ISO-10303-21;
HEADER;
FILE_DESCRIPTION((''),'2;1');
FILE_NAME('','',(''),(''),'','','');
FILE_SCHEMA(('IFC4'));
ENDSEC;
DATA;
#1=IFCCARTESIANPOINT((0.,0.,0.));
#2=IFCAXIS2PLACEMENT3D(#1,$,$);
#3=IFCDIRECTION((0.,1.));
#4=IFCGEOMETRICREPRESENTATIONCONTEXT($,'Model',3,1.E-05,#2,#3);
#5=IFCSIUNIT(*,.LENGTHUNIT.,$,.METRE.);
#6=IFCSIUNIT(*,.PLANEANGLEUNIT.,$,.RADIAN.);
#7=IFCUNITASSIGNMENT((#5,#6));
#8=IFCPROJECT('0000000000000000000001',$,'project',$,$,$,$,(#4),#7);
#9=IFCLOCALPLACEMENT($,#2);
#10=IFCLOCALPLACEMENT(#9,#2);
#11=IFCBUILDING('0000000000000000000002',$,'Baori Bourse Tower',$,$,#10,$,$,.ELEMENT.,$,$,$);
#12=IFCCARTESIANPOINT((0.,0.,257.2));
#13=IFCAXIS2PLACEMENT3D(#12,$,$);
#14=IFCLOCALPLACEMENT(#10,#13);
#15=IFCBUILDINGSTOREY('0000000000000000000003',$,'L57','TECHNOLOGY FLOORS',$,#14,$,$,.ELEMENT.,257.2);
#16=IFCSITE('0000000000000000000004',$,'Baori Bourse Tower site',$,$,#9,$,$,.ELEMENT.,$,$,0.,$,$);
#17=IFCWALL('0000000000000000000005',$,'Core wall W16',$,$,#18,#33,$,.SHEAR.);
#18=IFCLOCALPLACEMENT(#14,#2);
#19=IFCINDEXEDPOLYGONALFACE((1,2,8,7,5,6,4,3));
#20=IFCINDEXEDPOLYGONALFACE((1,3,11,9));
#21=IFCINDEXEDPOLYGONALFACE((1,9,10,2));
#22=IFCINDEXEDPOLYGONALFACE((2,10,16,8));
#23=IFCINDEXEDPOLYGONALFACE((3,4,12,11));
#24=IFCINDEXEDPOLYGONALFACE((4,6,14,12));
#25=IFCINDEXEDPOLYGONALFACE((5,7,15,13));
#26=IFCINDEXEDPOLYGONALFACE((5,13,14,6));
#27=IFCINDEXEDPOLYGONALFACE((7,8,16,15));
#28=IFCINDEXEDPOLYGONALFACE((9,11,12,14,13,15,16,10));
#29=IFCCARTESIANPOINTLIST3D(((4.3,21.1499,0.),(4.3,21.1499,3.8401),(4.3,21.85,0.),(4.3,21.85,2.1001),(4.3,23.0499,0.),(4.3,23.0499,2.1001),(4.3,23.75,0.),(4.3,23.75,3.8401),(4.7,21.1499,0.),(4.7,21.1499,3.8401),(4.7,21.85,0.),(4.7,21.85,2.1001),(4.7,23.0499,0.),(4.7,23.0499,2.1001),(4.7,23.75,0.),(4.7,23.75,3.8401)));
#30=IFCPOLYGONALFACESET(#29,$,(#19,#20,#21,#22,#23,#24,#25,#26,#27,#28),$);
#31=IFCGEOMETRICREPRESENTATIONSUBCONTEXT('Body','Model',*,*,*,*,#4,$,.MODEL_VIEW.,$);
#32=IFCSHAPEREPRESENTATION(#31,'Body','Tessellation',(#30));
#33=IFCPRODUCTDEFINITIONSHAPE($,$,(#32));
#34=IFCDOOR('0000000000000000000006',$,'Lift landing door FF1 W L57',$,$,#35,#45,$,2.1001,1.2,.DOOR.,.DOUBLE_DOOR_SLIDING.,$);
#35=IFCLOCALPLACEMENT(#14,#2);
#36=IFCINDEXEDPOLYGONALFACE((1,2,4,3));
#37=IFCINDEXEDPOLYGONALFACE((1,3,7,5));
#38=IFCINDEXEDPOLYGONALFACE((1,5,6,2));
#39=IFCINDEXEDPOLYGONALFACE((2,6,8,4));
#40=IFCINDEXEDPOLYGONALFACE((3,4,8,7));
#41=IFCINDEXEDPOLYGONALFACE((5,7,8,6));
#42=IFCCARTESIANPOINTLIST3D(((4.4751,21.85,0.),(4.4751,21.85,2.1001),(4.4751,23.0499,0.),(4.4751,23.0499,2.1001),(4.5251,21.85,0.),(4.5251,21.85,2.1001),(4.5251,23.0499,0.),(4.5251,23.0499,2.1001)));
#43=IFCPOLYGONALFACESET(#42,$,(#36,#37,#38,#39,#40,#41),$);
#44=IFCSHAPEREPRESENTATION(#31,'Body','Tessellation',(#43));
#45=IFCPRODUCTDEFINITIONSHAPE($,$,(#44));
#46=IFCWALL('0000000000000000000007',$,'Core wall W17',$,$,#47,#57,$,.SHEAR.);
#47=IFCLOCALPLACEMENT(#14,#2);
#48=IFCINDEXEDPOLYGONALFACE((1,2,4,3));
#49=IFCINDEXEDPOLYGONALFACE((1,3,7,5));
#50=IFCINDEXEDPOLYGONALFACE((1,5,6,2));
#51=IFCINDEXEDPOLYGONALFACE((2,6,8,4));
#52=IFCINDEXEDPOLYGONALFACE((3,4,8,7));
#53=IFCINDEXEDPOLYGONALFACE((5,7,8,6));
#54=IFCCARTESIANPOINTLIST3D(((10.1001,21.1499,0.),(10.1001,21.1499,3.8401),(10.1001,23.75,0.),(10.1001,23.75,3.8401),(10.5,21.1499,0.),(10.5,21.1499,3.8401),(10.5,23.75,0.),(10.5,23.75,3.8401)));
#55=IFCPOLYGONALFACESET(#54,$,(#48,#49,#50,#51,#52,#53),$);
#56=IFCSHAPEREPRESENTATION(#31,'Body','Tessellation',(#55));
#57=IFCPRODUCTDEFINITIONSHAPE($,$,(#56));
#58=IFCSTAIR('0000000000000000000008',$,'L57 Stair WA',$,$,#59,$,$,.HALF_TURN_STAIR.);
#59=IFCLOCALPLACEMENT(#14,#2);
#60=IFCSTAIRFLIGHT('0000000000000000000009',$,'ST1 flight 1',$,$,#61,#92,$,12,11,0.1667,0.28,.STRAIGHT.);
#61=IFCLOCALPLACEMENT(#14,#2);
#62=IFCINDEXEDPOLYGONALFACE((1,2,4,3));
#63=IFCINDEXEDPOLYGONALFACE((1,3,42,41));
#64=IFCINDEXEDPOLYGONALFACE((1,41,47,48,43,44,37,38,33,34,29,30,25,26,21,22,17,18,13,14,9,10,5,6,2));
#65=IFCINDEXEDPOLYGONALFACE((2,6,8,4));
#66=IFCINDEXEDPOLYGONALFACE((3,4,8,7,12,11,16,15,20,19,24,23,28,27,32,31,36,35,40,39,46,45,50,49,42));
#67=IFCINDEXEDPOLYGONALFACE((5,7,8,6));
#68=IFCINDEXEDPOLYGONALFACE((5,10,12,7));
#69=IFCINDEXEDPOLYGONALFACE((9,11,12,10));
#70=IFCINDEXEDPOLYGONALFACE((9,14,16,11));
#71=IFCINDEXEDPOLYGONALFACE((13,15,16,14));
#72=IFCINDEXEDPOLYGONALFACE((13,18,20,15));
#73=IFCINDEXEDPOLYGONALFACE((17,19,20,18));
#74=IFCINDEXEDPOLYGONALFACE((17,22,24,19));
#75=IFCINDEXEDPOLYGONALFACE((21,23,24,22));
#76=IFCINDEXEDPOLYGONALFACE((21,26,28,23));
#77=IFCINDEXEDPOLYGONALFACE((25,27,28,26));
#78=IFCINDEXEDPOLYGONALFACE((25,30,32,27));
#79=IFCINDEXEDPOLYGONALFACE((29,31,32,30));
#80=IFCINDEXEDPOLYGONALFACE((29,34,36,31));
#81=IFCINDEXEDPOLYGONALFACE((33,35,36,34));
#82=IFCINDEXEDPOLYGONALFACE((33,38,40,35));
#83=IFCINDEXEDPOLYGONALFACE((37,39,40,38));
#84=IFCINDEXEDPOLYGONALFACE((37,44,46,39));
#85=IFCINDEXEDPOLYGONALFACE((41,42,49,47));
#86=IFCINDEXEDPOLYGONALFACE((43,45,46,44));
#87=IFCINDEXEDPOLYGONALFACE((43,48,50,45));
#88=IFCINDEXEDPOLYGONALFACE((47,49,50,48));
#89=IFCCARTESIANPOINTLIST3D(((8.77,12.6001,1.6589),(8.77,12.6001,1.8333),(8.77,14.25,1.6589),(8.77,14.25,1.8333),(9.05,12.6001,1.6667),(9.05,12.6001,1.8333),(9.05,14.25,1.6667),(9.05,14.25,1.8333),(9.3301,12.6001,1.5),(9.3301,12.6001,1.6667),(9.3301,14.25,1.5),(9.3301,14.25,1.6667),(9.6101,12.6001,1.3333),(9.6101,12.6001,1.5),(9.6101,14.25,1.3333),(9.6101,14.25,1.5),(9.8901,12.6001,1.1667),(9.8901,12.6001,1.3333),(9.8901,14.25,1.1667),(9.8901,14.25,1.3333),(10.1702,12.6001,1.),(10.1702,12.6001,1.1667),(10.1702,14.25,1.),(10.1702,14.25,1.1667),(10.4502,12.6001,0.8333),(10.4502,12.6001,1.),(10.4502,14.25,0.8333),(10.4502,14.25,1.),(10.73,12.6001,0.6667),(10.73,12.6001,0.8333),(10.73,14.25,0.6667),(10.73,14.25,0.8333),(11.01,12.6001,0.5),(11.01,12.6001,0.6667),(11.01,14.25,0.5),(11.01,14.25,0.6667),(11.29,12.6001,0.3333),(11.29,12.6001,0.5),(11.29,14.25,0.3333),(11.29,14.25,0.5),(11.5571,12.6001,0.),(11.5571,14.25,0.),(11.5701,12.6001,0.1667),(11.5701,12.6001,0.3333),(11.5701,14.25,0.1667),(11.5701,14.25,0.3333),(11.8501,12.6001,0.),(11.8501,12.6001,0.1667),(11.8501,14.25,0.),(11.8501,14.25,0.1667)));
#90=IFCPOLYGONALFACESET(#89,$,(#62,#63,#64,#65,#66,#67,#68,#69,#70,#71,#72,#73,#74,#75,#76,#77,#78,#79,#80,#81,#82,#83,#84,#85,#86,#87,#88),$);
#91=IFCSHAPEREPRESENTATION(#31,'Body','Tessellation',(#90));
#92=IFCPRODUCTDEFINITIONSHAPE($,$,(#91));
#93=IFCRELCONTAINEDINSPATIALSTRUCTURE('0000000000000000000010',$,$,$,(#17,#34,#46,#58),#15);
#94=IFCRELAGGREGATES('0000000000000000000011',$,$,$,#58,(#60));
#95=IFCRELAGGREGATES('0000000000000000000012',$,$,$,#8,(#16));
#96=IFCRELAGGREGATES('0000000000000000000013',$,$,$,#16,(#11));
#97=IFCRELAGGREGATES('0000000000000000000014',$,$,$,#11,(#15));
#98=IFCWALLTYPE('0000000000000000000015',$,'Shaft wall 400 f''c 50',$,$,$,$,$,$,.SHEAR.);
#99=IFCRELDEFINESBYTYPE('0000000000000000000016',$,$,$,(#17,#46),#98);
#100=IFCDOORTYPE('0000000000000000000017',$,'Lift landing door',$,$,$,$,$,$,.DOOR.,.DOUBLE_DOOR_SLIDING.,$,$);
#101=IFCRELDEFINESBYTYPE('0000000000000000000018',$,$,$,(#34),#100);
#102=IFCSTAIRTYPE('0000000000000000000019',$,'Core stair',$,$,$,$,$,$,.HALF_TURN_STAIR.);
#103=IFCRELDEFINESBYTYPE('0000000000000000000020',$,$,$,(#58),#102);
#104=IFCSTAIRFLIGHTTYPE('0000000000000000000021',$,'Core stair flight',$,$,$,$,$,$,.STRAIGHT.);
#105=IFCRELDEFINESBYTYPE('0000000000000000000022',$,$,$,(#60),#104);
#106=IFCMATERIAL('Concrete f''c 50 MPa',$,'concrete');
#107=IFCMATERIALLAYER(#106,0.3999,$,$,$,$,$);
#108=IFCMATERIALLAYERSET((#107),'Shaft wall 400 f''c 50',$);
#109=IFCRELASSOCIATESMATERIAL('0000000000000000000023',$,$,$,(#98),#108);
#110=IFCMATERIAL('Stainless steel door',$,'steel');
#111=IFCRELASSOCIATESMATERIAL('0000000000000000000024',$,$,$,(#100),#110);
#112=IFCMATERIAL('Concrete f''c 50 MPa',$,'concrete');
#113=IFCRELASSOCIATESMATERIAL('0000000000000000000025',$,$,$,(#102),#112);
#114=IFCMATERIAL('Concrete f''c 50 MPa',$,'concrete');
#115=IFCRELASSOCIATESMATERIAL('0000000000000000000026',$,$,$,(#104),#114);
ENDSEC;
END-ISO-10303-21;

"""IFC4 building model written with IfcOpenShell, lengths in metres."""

from ifc_helpers import new_model, si_unit, direction, frame, frame_2d, origin, place, context, subcontext, project, spatial, polyline, rectangle, outline, extrude, material, layer, layer_set, type_object, element, fill, aggregate, save


model = new_model("IFC4")

# Units and contexts
model_context = context("Model", 3, precision=1e-05, world=origin(), true_north=direction((0.0, 1.0)))
body_context = subcontext(model_context, "Body", "Model", "MODEL_VIEW")
ifc_project = project(units=[si_unit("LENGTHUNIT", "METRE"), si_unit("PLANEANGLEUNIT", "RADIAN")], contexts=[model_context])

# Site, building, storey
site_placement = place(None, origin())
site = spatial("IfcSite", under=ifc_project, at=site_placement, Name="Baori Bourse Tower site", CompositionType="ELEMENT", RefElevation=0.0)
building_placement = place(site_placement, origin())
building = spatial("IfcBuilding", under=site, at=building_placement, Name="Baori Bourse Tower", CompositionType="ELEMENT")
storey_placement = place(building_placement, frame((0.0, 0.0, 257.2)))
storey = spatial("IfcBuildingStorey", under=building, at=storey_placement, Name="L57", Description="TECHNOLOGY FLOORS", CompositionType="ELEMENT", Elevation=257.2)

# Shared definitions
ifc_material_1 = material(Name="Concrete f'c 50 MPa", Category="concrete")
ifc_layer_1 = layer(ifc_material_1, 0.3999)
ifc_layer_set_1 = layer_set([ifc_layer_1], Name="Shaft wall 400 f'c 50")
wall_type_1 = type_object("IfcWallType", Name="Shaft wall 400 f'c 50", PredefinedType="SHEAR", material=ifc_layer_set_1)

# Wall, opening, door
wall_1_placement = place(storey_placement, frame((4.5, 21.1499, 0.0), z_axis=(0.0, 0.0, 1.0), x_axis=(0.0, 1.0, 0.0)))
wall_1 = element("IfcWall", 1, at=wall_1_placement, inside=storey, type_object=wall_type_1, Name="Core wall W16", PredefinedType="SHEAR", context=body_context, shape_type="SweptSolid", body=[
    extrude(rectangle(XDim=2.6001, YDim=0.3999, at=frame_2d((1.3, 0.0))), origin(), (0.0, 0.0, 1.0), 3.8401),
])
opening_1_placement = place(wall_1_placement, frame((0.7, 0.0, 0.0)))
opening_1 = element("IfcOpeningElement", 2, at=opening_1_placement, cuts=wall_1, PredefinedType="OPENING", context=body_context, shape_type="SweptSolid", body=[
    extrude(rectangle(XDim=1.2, YDim=2.1001, at=frame_2d((0.6001, 1.05))), frame((0.0, 0.21, 0.0), z_axis=(0.0, -1.0, 0.0), x_axis=(1.0, 0.0, 0.0)), (0.0, 0.0, 1.0), 0.4199),
])
ifc_material_2 = material(Name="Stainless steel door", Category="steel")
door_type_1 = type_object("IfcDoorType", Name="Lift landing door", OperationType="DOUBLE_DOOR_SLIDING", PredefinedType="DOOR", material=ifc_material_2)
door_1_placement = place(opening_1_placement, origin())
door_1 = element("IfcDoor", 3, at=door_1_placement, inside=storey, type_object=door_type_1, Name="Lift landing door FF1 W L57", OperationType="DOUBLE_DOOR_SLIDING", OverallHeight=2.1001, OverallWidth=1.2, PredefinedType="DOOR", context=body_context, shape_type="SweptSolid", body=[
    extrude(rectangle(XDim=1.2, YDim=2.1001, at=frame_2d((0.6001, 1.05))), frame((0.0, 0.0249, 0.0), z_axis=(0.0, -1.0, 0.0), x_axis=(1.0, 0.0, 0.0)), (0.0, 0.0, 1.0), 0.05),
])
fill(opening_1, door_1)

# Wall
wall_2_placement = place(storey_placement, frame((10.3, 21.1499, 0.0), z_axis=(0.0, 0.0, 1.0), x_axis=(0.0, 1.0, 0.0)))
element("IfcWall", 4, at=wall_2_placement, inside=storey, type_object=wall_type_1, Name="Core wall W17", PredefinedType="SHEAR", context=body_context, shape_type="SweptSolid", body=[
    extrude(rectangle(XDim=2.6001, YDim=0.3999, at=frame_2d((1.3, 0.0))), origin(), (0.0, 0.0, 1.0), 3.8401),
])

# Stair, stair flight
ifc_material_3 = material(Name="Concrete f'c 50 MPa", Category="concrete")
stair_type = type_object("IfcStairType", Name="Core stair", PredefinedType="HALF_TURN_STAIR", material=ifc_material_3)
stair_placement = place(storey_placement, origin())
stair = element("IfcStair", 5, at=stair_placement, inside=storey, type_object=stair_type, Name="L57 Stair WA", PredefinedType="HALF_TURN_STAIR")
ifc_material_4 = material(Name="Concrete f'c 50 MPa", Category="concrete")
stair_flight_type = type_object("IfcStairFlightType", Name="Core stair flight", PredefinedType="STRAIGHT", material=ifc_material_4)
stair_flight_placement = place(storey_placement, frame((11.8501, 13.425, 0.0), z_axis=(0.0, 0.0, 1.0), x_axis=(-1.0, 0.0, 0.0)))
stair_flight = element("IfcStairFlight", 6, at=stair_flight_placement, type_object=stair_flight_type, Name="ST1 flight 1", NumberOfRisers=12, NumberOfTreads=11, PredefinedType="STRAIGHT", RiserHeight=0.1667, TreadLength=0.28, context=body_context, shape_type="SweptSolid", body=[
    extrude(outline(polyline([(0.0, 0.0), (0.0, 0.1667), (0.28, 0.1667), (0.28, 0.3333), (0.5601, 0.3333), (0.5601, 0.5), (0.8401, 0.5), (0.8401, 0.6667), (1.1201, 0.6667), (1.1201, 0.8333), (1.3999, 0.8333), (1.3999, 1.0), (1.6799, 1.0), (1.6799, 1.1667), (1.96, 1.1667), (1.96, 1.3333), (2.24, 1.3333), (2.24, 1.5), (2.52, 1.5), (2.52, 1.6667), (2.8, 1.6667), (2.8, 1.8333), (3.0801, 1.8333), (3.0801, 2.0), (3.0801, 1.6589), (0.293, 0.0), (0.0, 0.0)])), frame((0.0, 0.825, 0.0), z_axis=(0.0, -1.0, 0.0), x_axis=(1.0, 0.0, 0.0)), (0.0, 0.0, 1.0), 1.6499),
])
aggregate(stair, [stair_flight])

save(model, "model.ifc")
